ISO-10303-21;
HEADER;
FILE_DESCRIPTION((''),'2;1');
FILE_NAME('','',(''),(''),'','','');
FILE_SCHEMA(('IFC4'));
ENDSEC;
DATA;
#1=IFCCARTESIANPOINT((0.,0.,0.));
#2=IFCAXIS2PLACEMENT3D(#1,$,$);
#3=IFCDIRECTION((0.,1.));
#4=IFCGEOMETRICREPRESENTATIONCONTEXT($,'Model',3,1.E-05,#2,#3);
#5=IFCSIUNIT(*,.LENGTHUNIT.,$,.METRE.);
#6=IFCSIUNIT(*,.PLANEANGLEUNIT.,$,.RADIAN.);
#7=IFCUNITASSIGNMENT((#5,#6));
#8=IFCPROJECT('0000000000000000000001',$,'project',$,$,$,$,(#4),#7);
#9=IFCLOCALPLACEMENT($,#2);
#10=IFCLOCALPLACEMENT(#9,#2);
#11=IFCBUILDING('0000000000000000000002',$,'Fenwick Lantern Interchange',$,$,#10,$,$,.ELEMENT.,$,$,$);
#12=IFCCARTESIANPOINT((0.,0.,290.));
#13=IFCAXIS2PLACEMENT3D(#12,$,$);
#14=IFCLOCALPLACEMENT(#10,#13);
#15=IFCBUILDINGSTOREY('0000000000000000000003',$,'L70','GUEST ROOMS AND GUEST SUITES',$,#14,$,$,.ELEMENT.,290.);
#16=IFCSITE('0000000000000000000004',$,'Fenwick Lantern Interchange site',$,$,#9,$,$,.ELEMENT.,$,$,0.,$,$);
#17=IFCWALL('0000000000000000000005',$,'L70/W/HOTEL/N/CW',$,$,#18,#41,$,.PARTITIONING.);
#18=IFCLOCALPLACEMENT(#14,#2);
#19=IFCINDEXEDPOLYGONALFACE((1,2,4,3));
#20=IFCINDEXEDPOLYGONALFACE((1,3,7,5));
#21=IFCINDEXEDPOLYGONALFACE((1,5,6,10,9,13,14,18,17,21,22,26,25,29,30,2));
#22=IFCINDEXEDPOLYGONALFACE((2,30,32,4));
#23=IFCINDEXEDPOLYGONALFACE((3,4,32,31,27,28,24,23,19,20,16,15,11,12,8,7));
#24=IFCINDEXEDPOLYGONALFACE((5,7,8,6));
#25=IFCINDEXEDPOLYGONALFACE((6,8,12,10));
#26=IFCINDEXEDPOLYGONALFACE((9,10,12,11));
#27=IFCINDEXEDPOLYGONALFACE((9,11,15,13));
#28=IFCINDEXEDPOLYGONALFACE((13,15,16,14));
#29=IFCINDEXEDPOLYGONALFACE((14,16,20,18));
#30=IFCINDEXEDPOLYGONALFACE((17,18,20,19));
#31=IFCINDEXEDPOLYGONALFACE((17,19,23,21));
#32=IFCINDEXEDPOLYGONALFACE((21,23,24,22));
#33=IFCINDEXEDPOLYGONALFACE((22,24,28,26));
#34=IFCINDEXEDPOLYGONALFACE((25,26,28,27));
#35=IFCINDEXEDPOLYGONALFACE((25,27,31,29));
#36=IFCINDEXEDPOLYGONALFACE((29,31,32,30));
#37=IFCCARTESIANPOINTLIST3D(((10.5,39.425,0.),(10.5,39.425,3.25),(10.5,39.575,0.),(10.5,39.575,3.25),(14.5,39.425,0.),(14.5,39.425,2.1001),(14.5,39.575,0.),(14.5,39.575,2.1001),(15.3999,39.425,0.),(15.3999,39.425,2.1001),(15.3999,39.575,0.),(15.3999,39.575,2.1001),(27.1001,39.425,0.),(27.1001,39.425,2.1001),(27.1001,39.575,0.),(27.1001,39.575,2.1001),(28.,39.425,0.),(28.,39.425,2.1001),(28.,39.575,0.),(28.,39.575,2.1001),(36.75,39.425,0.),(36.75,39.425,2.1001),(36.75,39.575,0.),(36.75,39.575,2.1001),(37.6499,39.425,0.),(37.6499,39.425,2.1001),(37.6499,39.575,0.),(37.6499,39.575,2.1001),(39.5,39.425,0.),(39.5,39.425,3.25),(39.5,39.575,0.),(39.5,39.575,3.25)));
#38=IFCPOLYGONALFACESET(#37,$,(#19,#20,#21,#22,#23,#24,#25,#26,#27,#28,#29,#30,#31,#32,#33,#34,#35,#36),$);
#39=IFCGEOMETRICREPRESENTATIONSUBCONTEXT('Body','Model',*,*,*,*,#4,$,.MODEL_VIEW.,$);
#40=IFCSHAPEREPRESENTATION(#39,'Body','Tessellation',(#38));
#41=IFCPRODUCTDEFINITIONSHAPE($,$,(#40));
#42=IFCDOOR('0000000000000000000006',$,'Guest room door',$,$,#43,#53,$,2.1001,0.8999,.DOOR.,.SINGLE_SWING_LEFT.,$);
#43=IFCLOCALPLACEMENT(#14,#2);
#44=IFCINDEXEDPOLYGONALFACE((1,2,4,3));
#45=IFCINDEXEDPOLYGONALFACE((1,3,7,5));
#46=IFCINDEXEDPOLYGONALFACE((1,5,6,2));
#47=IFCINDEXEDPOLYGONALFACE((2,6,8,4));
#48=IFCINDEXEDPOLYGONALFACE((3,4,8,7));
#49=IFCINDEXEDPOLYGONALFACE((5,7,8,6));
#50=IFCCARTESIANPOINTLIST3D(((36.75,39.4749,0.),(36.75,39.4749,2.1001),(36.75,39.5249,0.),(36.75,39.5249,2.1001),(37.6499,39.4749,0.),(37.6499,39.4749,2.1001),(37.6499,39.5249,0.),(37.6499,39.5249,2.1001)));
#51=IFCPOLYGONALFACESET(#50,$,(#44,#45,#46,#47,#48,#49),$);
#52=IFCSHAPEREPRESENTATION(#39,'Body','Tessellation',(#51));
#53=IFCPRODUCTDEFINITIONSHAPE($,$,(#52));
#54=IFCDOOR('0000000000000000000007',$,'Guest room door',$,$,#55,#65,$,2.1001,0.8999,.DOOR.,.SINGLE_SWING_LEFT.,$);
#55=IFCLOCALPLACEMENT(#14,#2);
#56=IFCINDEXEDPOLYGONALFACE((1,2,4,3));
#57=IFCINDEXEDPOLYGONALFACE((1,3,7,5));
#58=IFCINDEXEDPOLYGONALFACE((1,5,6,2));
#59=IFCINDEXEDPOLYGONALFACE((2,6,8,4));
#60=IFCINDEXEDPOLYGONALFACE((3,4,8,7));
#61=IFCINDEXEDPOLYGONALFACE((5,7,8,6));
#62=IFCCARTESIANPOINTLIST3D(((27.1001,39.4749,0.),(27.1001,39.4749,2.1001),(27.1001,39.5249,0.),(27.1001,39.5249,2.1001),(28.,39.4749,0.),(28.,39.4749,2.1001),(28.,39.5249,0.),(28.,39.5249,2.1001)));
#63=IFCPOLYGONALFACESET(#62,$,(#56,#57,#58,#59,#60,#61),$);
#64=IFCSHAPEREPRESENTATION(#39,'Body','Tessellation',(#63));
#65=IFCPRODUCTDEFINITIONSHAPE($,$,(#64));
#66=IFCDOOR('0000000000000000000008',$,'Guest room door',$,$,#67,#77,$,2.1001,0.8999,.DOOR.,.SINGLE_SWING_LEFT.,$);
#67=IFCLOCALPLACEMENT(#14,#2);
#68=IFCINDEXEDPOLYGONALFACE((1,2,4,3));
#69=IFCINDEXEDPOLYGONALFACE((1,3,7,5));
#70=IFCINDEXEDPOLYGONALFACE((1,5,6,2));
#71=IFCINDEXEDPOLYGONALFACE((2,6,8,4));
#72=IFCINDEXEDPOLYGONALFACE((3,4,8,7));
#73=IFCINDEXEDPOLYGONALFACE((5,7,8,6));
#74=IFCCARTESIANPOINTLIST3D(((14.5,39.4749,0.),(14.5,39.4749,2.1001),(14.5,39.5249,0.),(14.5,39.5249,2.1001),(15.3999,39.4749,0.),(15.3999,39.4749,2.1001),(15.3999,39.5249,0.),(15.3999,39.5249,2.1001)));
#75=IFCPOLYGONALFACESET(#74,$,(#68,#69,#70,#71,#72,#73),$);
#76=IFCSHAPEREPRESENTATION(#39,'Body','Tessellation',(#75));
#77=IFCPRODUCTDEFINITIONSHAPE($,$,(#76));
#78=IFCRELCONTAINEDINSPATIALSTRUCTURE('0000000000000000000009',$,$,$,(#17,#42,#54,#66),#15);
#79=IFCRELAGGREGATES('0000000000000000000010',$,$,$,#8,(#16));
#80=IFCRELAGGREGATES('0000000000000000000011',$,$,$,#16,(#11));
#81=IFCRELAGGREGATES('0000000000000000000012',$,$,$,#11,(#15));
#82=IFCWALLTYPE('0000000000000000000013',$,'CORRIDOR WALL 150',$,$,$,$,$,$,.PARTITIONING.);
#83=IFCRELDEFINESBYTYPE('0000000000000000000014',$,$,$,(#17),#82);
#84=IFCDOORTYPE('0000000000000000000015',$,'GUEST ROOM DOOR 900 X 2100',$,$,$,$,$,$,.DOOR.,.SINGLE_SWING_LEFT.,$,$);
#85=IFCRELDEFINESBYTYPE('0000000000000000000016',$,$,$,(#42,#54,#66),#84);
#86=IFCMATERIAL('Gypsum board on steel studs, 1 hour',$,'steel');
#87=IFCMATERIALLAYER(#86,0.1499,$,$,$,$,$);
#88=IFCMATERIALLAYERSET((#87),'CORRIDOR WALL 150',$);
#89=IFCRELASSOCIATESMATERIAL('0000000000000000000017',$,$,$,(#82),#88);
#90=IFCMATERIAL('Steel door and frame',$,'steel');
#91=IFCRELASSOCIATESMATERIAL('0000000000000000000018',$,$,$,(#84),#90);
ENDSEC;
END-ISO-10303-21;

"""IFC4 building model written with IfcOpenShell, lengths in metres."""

from ifc_helpers import new_model, si_unit, direction, frame, frame_2d, origin, place, context, subcontext, project, spatial, rectangle, extrude, material, layer, layer_set, type_object, element, fill, save


model = new_model("IFC4")

# Units and contexts
model_context = context("Model", 3, precision=1e-05, world=origin(), true_north=direction((0.0, 1.0)))
body_context = subcontext(model_context, "Body", "Model", "MODEL_VIEW")
ifc_project = project(units=[si_unit("LENGTHUNIT", "METRE"), si_unit("PLANEANGLEUNIT", "RADIAN")], contexts=[model_context])

# Site, building, storey
site_placement = place(None, origin())
site = spatial("IfcSite", under=ifc_project, at=site_placement, Name="Fenwick Lantern Interchange site", CompositionType="ELEMENT", RefElevation=0.0)
building_placement = place(site_placement, origin())
building = spatial("IfcBuilding", under=site, at=building_placement, Name="Fenwick Lantern Interchange", CompositionType="ELEMENT")
storey_placement = place(building_placement, frame((0.0, 0.0, 290.0)))
storey = spatial("IfcBuildingStorey", under=building, at=storey_placement, Name="L70", Description="GUEST ROOMS AND GUEST SUITES", CompositionType="ELEMENT", Elevation=290.0)

# Shared definitions
ifc_material_1 = material(Name="Steel door and frame", Category="steel")

# Wall, openings, doors
ifc_material_2 = material(Name="Gypsum board on steel studs, 1 hour", Category="steel")
ifc_layer_1 = layer(ifc_material_2, 0.1499)
ifc_layer_set_1 = layer_set([ifc_layer_1], Name="CORRIDOR WALL 150")
wall_type_1 = type_object("IfcWallType", Name="CORRIDOR WALL 150", PredefinedType="PARTITIONING", material=ifc_layer_set_1)
wall_1_placement = place(storey_placement, frame((39.5, 39.5, 0.0), z_axis=(0.0, 0.0, 1.0), x_axis=(-1.0, 0.0, 0.0)))
wall_1 = element("IfcWall", 1, at=wall_1_placement, inside=storey, type_object=wall_type_1, Name="L70/W/HOTEL/N/CW", PredefinedType="PARTITIONING", context=body_context, shape_type="SweptSolid", body=[
    extrude(rectangle(XDim=29.0, YDim=0.1499, at=frame_2d((14.5, 0.0))), origin(), (0.0, 0.0, 1.0), 3.25),
])
opening_1_placement = place(wall_1_placement, frame((1.8501, 0.0, 0.0)))
opening_1 = element("IfcOpeningElement", 2, at=opening_1_placement, cuts=wall_1, PredefinedType="OPENING", context=body_context, shape_type="SweptSolid", body=[
    extrude(rectangle(XDim=0.8999, YDim=2.1001, at=frame_2d((0.45, 1.05))), frame((0.0, 0.085, 0.0), z_axis=(0.0, -1.0, 0.0), x_axis=(1.0, 0.0, 0.0)), (0.0, 0.0, 1.0), 0.1699),
])
opening_2_placement = place(wall_1_placement, frame((11.5, 0.0, 0.0)))
opening_2 = element("IfcOpeningElement", 3, at=opening_2_placement, cuts=wall_1, PredefinedType="OPENING", context=body_context, shape_type="SweptSolid", body=[
    extrude(rectangle(XDim=0.8999, YDim=2.1001, at=frame_2d((0.45, 1.05))), frame((0.0, 0.085, 0.0), z_axis=(0.0, -1.0, 0.0), x_axis=(1.0, 0.0, 0.0)), (0.0, 0.0, 1.0), 0.1699),
])
opening_3_placement = place(wall_1_placement, frame((24.1001, 0.0, 0.0)))
opening_3 = element("IfcOpeningElement", 4, at=opening_3_placement, cuts=wall_1, PredefinedType="OPENING", context=body_context, shape_type="SweptSolid", body=[
    extrude(rectangle(XDim=0.8999, YDim=2.1001, at=frame_2d((0.45, 1.05))), frame((0.0, 0.085, 0.0), z_axis=(0.0, -1.0, 0.0), x_axis=(1.0, 0.0, 0.0)), (0.0, 0.0, 1.0), 0.1699),
])
door_type_1 = type_object("IfcDoorType", Name="GUEST ROOM DOOR 900 X 2100", OperationType="SINGLE_SWING_LEFT", PredefinedType="DOOR", material=ifc_material_1)
door_1_placement = place(opening_1_placement, frame((0.8999, 0.0, 0.0), z_axis=(0.0, 0.0, 1.0), x_axis=(-1.0, 0.0, 0.0)))
door_1 = element("IfcDoor", 5, at=door_1_placement, inside=storey, type_object=door_type_1, Name="Guest room door", OperationType="SINGLE_SWING_LEFT", OverallHeight=2.1001, OverallWidth=0.8999, PredefinedType="DOOR", context=body_context, shape_type="SweptSolid", body=[
    extrude(rectangle(XDim=0.8999, YDim=2.1001, at=frame_2d((0.45, 1.05))), frame((0.0, 0.0249, 0.0), z_axis=(0.0, -1.0, 0.0), x_axis=(1.0, 0.0, 0.0)), (0.0, 0.0, 1.0), 0.05),
])
fill(opening_1, door_1)
door_2_placement = place(opening_2_placement, frame((0.8999, 0.0, 0.0), z_axis=(0.0, 0.0, 1.0), x_axis=(-1.0, 0.0, 0.0)))
door_2 = element("IfcDoor", 6, at=door_2_placement, inside=storey, type_object=door_type_1, Name="Guest room door", OperationType="SINGLE_SWING_LEFT", OverallHeight=2.1001, OverallWidth=0.8999, PredefinedType="DOOR", context=body_context, shape_type="SweptSolid", body=[
    extrude(rectangle(XDim=0.8999, YDim=2.1001, at=frame_2d((0.45, 1.05))), frame((0.0, 0.0249, 0.0), z_axis=(0.0, -1.0, 0.0), x_axis=(1.0, 0.0, 0.0)), (0.0, 0.0, 1.0), 0.05),
])
fill(opening_2, door_2)
door_3_placement = place(opening_3_placement, frame((0.8999, 0.0, 0.0), z_axis=(0.0, 0.0, 1.0), x_axis=(-1.0, 0.0, 0.0)))
door_3 = element("IfcDoor", 7, at=door_3_placement, inside=storey, type_object=door_type_1, Name="Guest room door", OperationType="SINGLE_SWING_LEFT", OverallHeight=2.1001, OverallWidth=0.8999, PredefinedType="DOOR", context=body_context, shape_type="SweptSolid", body=[
    extrude(rectangle(XDim=0.8999, YDim=2.1001, at=frame_2d((0.45, 1.05))), frame((0.0, 0.0249, 0.0), z_axis=(0.0, -1.0, 0.0), x_axis=(1.0, 0.0, 0.0)), (0.0, 0.0, 1.0), 0.05),
])
fill(opening_3, door_3)

save(model, "model.ifc")
